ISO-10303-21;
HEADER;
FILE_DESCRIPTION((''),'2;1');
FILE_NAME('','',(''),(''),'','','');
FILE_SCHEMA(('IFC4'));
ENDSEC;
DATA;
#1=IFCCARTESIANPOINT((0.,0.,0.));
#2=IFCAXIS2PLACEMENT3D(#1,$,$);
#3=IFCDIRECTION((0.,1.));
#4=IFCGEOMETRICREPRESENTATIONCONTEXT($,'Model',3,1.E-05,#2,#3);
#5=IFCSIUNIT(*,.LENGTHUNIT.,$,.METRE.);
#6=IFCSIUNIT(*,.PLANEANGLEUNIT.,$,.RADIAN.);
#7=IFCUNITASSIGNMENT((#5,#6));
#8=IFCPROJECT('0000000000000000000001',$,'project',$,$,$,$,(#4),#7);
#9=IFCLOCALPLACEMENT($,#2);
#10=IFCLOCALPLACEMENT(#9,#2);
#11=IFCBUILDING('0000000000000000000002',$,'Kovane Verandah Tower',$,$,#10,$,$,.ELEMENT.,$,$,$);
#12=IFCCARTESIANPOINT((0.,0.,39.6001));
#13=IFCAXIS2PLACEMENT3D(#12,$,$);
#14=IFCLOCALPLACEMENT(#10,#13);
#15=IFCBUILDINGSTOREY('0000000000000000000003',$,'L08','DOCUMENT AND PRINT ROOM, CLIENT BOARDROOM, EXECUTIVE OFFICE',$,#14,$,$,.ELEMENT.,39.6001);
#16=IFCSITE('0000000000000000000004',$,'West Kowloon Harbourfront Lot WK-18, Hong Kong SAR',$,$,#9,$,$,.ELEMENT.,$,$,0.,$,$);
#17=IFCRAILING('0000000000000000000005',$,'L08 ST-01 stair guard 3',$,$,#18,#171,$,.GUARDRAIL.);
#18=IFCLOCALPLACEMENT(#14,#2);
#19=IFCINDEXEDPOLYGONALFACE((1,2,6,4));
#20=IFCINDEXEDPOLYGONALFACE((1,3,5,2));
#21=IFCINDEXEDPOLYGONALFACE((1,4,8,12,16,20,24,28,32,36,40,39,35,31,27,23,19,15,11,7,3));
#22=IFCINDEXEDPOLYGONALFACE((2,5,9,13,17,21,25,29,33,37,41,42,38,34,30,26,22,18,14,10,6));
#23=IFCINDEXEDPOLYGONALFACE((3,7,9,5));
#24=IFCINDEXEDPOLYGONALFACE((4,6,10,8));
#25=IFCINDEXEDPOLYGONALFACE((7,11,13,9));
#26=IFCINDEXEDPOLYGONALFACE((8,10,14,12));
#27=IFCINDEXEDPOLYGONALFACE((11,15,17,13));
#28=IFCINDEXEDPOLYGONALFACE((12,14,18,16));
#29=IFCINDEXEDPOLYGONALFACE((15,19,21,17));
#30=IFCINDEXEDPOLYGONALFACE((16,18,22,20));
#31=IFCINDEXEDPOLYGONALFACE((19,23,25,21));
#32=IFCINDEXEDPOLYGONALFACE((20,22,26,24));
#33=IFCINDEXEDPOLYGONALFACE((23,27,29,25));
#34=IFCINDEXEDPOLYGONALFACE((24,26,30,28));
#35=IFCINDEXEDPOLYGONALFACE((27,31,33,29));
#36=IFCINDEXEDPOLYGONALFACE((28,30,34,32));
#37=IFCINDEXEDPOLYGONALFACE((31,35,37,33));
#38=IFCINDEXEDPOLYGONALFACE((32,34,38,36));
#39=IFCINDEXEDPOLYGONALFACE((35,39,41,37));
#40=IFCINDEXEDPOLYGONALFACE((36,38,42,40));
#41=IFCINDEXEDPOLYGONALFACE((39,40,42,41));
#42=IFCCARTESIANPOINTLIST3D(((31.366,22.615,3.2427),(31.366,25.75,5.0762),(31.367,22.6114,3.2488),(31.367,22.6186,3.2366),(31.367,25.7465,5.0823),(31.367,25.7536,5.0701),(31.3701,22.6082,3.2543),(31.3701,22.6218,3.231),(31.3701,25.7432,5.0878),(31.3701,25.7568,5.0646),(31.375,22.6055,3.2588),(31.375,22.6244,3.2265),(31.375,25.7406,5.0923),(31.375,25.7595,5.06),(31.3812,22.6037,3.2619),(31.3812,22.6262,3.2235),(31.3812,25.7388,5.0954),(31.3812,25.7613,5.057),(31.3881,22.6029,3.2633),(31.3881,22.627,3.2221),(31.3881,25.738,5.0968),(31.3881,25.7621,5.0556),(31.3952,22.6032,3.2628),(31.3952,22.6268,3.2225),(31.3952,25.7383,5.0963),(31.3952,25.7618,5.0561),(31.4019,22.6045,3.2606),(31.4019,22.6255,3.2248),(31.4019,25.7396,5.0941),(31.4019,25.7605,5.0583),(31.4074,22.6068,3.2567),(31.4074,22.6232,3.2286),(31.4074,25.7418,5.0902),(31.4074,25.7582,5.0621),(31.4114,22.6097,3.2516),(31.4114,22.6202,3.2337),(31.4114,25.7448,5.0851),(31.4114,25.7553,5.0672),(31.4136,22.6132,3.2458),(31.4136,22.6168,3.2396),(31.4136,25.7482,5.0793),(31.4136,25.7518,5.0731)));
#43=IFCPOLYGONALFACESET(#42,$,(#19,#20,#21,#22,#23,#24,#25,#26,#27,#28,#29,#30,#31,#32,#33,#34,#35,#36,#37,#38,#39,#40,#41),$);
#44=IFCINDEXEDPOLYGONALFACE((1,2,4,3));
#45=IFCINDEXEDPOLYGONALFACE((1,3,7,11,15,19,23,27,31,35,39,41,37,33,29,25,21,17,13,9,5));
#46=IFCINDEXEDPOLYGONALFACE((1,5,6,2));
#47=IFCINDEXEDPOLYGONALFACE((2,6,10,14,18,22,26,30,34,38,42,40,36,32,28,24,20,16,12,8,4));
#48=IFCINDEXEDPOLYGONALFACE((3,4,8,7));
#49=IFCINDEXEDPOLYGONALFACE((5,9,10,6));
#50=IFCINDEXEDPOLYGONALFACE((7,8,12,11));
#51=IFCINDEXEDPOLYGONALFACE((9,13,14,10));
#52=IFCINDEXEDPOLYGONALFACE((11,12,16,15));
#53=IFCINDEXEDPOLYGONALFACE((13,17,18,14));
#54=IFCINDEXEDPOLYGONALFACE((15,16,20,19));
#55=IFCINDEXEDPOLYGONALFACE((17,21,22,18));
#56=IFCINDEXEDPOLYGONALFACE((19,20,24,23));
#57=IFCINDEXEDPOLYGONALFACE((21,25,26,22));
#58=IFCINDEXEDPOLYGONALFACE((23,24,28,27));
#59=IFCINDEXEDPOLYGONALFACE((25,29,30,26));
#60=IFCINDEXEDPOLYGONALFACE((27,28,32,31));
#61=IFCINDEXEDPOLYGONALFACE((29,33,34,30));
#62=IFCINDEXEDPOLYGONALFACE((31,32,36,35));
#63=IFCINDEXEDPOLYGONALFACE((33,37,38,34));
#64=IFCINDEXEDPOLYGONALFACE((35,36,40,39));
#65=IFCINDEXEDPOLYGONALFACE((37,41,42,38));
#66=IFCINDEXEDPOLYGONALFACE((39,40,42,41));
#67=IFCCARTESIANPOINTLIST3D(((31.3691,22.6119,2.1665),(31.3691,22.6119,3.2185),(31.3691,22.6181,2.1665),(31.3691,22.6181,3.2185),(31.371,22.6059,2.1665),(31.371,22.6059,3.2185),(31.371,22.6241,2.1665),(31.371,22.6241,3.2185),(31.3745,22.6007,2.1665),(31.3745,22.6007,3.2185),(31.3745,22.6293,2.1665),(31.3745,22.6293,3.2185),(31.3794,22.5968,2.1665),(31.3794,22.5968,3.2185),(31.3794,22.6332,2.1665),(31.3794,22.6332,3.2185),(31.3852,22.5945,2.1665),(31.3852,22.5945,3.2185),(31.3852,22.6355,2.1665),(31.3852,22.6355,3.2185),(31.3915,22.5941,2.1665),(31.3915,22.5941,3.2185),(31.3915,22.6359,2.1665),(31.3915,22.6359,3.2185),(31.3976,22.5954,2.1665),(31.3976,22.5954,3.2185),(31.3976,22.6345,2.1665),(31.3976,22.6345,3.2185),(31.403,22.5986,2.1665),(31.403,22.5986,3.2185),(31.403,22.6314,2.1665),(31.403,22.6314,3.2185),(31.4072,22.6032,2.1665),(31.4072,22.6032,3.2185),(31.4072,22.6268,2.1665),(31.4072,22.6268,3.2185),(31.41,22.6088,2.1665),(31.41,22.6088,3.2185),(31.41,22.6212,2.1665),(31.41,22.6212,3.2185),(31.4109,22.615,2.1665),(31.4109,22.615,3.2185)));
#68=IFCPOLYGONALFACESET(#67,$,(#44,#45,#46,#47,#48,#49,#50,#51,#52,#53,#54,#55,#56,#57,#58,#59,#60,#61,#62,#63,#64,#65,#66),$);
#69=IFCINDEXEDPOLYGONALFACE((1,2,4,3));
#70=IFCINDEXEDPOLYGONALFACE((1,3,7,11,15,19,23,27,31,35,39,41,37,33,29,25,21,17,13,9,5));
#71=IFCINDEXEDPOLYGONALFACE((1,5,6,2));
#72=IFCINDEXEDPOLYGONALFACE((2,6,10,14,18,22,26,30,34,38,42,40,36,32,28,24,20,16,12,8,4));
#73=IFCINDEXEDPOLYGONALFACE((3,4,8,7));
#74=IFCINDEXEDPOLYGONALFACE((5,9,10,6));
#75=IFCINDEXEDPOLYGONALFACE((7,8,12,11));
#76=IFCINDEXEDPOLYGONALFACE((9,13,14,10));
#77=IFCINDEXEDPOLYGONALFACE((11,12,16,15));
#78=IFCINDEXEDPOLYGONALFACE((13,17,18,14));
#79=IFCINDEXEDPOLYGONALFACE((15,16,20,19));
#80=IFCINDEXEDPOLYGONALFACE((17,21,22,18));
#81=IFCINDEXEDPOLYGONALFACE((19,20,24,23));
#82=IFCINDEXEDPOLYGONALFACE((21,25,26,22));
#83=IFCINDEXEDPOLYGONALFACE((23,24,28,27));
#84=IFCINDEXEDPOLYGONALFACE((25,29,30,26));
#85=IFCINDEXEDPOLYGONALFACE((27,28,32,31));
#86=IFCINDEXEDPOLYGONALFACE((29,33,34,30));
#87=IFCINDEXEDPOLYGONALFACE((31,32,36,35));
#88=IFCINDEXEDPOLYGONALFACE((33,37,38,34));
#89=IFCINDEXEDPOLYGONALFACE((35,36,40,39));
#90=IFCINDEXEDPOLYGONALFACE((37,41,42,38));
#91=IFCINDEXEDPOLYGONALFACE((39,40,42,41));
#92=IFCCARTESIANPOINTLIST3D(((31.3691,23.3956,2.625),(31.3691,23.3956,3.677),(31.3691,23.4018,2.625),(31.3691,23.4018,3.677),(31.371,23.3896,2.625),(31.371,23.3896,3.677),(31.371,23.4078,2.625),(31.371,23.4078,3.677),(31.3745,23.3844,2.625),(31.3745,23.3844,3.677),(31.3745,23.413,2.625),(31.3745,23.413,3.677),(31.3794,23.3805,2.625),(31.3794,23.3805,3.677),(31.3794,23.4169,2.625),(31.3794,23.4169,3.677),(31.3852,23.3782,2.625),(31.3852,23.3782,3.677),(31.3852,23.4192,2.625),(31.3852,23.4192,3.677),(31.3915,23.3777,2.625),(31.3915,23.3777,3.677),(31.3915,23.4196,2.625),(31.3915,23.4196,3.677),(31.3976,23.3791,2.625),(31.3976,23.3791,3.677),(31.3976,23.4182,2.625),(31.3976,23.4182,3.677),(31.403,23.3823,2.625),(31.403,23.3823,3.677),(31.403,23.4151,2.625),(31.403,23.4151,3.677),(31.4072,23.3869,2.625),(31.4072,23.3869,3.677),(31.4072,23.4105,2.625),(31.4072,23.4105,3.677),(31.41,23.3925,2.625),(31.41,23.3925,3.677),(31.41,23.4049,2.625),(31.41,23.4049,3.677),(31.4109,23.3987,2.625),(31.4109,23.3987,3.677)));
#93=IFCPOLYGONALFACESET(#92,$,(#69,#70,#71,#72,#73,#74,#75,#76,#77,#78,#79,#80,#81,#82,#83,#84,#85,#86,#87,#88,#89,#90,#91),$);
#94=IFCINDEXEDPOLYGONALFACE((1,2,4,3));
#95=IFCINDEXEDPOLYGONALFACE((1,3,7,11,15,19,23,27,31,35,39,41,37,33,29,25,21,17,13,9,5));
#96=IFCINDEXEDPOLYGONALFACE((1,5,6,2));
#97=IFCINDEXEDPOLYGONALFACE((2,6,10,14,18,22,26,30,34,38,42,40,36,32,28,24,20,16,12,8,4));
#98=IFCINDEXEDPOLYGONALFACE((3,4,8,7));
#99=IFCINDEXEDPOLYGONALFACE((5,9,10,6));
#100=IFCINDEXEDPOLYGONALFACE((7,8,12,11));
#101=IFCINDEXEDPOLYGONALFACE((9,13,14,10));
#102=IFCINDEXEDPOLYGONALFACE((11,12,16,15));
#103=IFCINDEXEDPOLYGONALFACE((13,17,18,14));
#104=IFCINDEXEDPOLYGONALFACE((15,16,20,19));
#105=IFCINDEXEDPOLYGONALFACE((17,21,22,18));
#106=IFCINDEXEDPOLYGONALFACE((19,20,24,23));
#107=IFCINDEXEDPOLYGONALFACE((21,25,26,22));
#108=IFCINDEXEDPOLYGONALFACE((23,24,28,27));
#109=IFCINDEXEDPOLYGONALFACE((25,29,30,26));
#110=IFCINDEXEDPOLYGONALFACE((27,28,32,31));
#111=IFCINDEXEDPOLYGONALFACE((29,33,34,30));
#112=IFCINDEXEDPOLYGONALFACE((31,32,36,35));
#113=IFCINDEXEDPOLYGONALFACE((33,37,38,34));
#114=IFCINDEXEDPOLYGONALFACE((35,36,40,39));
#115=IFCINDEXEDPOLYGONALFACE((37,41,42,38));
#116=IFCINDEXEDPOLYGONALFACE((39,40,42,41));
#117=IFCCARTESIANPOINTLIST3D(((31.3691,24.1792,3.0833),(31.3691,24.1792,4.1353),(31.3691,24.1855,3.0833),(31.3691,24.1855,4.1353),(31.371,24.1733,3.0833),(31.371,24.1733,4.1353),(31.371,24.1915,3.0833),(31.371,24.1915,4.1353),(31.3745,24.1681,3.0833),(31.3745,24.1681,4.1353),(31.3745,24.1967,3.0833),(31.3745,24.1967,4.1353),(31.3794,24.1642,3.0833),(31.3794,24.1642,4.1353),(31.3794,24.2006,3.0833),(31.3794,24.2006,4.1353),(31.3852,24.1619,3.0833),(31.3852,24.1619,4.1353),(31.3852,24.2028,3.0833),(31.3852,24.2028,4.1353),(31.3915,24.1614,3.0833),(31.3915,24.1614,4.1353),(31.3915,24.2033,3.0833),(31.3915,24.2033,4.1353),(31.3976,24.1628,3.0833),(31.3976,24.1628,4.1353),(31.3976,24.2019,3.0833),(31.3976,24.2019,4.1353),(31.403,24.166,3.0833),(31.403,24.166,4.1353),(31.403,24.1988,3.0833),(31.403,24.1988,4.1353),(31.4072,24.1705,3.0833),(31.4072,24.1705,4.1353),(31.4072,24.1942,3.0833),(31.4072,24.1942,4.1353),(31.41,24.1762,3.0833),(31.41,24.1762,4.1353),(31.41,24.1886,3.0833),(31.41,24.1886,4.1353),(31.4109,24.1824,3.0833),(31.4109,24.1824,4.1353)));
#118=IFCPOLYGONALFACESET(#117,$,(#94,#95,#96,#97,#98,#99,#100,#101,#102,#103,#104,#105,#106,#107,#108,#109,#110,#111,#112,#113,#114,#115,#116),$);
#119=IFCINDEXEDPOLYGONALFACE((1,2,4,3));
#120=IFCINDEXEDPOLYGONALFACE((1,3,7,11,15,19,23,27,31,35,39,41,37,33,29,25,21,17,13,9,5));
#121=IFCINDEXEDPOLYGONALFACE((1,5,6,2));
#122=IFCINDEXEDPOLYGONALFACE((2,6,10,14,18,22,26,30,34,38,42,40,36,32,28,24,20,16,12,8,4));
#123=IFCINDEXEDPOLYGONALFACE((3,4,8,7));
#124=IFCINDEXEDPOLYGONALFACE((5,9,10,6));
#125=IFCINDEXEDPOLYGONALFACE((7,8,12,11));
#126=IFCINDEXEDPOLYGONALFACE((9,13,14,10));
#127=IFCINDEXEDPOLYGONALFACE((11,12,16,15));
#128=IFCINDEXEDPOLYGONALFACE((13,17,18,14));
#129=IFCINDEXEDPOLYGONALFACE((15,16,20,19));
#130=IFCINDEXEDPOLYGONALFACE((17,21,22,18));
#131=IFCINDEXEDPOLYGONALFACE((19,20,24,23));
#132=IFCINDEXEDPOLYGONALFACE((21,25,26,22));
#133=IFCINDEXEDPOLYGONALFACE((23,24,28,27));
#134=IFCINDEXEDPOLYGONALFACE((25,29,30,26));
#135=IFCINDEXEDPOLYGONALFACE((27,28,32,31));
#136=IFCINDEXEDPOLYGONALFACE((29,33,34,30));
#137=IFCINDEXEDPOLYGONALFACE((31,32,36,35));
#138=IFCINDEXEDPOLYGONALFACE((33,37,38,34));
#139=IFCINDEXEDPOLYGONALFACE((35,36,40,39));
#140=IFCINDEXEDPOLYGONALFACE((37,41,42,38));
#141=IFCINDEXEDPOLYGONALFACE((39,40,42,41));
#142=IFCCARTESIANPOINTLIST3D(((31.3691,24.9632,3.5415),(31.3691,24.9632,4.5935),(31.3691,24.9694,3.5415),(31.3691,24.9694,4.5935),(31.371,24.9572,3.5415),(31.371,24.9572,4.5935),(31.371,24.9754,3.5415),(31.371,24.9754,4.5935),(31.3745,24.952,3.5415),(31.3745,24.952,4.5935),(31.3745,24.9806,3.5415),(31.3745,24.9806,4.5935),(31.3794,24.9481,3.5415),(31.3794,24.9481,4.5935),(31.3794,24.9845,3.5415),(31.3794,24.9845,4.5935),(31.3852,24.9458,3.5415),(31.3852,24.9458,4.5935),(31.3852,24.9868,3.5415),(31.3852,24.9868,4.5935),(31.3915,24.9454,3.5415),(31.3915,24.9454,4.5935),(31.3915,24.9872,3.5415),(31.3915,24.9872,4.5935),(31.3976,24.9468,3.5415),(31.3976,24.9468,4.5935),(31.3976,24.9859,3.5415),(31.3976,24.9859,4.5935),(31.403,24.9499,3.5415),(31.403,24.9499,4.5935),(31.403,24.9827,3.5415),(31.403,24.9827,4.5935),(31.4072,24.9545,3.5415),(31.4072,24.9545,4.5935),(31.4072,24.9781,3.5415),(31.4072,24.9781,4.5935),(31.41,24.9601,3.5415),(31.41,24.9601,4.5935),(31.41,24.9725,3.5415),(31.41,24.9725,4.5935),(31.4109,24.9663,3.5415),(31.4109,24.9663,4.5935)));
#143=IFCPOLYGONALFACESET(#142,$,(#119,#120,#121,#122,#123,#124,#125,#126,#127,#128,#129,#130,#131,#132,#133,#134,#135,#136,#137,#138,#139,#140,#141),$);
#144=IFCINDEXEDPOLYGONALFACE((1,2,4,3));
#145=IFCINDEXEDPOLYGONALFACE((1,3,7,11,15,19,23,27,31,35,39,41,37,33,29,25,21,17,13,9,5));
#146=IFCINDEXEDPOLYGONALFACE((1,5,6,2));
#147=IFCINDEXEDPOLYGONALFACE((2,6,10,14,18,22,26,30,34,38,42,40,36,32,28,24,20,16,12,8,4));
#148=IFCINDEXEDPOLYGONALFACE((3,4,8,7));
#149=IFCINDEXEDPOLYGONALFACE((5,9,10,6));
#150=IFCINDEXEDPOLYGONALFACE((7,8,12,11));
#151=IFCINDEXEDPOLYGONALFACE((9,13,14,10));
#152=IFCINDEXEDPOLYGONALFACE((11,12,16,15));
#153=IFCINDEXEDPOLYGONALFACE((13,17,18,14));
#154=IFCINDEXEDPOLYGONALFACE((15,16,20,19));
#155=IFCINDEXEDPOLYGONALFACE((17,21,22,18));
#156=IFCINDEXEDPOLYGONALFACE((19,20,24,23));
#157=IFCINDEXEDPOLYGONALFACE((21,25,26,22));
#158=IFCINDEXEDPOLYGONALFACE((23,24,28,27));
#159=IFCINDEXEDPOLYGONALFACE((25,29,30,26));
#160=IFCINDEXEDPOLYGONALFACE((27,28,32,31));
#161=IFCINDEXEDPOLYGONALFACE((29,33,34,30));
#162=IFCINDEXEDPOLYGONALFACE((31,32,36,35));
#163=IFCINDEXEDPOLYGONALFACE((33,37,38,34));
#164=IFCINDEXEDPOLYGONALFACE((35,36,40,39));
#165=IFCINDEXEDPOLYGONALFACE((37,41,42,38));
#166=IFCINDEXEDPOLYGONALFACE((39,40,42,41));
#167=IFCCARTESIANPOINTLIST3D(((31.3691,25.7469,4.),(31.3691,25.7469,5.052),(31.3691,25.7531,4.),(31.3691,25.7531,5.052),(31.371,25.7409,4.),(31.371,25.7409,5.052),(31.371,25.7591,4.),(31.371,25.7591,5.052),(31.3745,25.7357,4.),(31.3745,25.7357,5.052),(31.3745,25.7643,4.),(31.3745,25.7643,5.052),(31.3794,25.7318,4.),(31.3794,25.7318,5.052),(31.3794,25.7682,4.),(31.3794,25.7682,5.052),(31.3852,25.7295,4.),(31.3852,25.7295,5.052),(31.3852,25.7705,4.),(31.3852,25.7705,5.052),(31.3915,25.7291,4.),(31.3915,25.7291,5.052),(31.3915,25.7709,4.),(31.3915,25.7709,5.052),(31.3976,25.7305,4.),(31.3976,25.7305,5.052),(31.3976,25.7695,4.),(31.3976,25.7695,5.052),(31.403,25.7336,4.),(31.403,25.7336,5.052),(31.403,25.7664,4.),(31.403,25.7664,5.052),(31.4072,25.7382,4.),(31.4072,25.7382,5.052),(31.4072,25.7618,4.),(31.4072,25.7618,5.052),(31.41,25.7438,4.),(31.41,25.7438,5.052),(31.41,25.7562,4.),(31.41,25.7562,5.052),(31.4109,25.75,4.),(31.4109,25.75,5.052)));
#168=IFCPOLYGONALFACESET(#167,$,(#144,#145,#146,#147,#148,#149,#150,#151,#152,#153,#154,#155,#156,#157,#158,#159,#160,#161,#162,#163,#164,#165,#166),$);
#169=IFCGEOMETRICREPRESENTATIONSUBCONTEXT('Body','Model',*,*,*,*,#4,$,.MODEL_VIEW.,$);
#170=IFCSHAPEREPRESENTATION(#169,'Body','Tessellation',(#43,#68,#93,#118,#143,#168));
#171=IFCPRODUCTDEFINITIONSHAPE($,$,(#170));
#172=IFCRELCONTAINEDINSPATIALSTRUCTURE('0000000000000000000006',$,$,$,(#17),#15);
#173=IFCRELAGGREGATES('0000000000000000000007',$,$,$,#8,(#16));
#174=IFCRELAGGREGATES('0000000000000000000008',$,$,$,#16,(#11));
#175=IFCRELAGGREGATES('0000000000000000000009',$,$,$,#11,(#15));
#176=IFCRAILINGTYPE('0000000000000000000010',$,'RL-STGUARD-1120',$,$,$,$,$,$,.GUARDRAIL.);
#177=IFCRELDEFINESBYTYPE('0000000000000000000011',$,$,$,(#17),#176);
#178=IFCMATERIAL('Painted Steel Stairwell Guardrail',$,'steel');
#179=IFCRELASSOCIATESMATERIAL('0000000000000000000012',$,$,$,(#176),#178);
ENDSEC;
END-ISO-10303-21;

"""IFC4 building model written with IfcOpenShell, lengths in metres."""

from ifc_helpers import new_model, si_unit, direction, frame, origin, origin_2d, place, context, subcontext, project, spatial, circle, extrude, material, type_object, element, save


model = new_model("IFC4")

# Units and contexts
model_context = context("Model", 3, precision=1e-05, world=origin(), true_north=direction((0.0, 1.0)))
body_context = subcontext(model_context, "Body", "Model", "MODEL_VIEW")
ifc_project = project(units=[si_unit("LENGTHUNIT", "METRE"), si_unit("PLANEANGLEUNIT", "RADIAN")], contexts=[model_context])

# Site, building, storey
site_placement = place(None, origin())
site = spatial("IfcSite", under=ifc_project, at=site_placement, Name="West Kowloon Harbourfront Lot WK-18, Hong Kong SAR", CompositionType="ELEMENT", RefElevation=0.0)
building_placement = place(site_placement, origin())
building = spatial("IfcBuilding", under=site, at=building_placement, Name="Kovane Verandah Tower", CompositionType="ELEMENT")
storey_placement = place(building_placement, frame((0.0, 0.0, 39.6001)))
storey = spatial("IfcBuildingStorey", under=building, at=storey_placement, Name="L08", Description="DOCUMENT AND PRINT ROOM, CLIENT BOARDROOM, EXECUTIVE OFFICE", CompositionType="ELEMENT", Elevation=39.6001)

# Railing
ifc_material_1 = material(Name="Painted Steel Stairwell Guardrail", Category="steel")
railing_type_1 = type_object("IfcRailingType", Name="RL-STGUARD-1120", PredefinedType="GUARDRAIL", material=ifc_material_1)
railing_1_placement = place(storey_placement, frame((31.3899, 22.615, 2.1665)))
element("IfcRailing", 1, at=railing_1_placement, inside=storey, type_object=railing_type_1, Name="L08 ST-01 stair guard 3", PredefinedType="GUARDRAIL", context=body_context, shape_type="SweptSolid", body=[
    extrude(circle(Radius=0.0239, at=origin_2d()), frame((0.0, 0.0, 1.0762), z_axis=(0.0, 0.86321, 0.504845), x_axis=(-1.0, 0.0, 0.0)), (0.0, 0.0, 1.0), 3.6318),
    extrude(circle(Radius=0.021, at=origin_2d()), origin(), (0.0, 0.0, 1.0), 1.052),
    extrude(circle(Radius=0.021, at=origin_2d()), frame((0.0, 0.7837, 0.4585)), (0.0, 0.0, 1.0), 1.052),
    extrude(circle(Radius=0.021, at=origin_2d()), frame((0.0, 1.5674, 0.9167)), (0.0, 0.0, 1.0), 1.052),
    extrude(circle(Radius=0.021, at=origin_2d()), frame((0.0, 2.3513, 1.375)), (0.0, 0.0, 1.0), 1.052),
    extrude(circle(Radius=0.021, at=origin_2d()), frame((0.0, 3.135, 1.8335)), (0.0, 0.0, 1.0), 1.052),
])

save(model, "model.ifc")
